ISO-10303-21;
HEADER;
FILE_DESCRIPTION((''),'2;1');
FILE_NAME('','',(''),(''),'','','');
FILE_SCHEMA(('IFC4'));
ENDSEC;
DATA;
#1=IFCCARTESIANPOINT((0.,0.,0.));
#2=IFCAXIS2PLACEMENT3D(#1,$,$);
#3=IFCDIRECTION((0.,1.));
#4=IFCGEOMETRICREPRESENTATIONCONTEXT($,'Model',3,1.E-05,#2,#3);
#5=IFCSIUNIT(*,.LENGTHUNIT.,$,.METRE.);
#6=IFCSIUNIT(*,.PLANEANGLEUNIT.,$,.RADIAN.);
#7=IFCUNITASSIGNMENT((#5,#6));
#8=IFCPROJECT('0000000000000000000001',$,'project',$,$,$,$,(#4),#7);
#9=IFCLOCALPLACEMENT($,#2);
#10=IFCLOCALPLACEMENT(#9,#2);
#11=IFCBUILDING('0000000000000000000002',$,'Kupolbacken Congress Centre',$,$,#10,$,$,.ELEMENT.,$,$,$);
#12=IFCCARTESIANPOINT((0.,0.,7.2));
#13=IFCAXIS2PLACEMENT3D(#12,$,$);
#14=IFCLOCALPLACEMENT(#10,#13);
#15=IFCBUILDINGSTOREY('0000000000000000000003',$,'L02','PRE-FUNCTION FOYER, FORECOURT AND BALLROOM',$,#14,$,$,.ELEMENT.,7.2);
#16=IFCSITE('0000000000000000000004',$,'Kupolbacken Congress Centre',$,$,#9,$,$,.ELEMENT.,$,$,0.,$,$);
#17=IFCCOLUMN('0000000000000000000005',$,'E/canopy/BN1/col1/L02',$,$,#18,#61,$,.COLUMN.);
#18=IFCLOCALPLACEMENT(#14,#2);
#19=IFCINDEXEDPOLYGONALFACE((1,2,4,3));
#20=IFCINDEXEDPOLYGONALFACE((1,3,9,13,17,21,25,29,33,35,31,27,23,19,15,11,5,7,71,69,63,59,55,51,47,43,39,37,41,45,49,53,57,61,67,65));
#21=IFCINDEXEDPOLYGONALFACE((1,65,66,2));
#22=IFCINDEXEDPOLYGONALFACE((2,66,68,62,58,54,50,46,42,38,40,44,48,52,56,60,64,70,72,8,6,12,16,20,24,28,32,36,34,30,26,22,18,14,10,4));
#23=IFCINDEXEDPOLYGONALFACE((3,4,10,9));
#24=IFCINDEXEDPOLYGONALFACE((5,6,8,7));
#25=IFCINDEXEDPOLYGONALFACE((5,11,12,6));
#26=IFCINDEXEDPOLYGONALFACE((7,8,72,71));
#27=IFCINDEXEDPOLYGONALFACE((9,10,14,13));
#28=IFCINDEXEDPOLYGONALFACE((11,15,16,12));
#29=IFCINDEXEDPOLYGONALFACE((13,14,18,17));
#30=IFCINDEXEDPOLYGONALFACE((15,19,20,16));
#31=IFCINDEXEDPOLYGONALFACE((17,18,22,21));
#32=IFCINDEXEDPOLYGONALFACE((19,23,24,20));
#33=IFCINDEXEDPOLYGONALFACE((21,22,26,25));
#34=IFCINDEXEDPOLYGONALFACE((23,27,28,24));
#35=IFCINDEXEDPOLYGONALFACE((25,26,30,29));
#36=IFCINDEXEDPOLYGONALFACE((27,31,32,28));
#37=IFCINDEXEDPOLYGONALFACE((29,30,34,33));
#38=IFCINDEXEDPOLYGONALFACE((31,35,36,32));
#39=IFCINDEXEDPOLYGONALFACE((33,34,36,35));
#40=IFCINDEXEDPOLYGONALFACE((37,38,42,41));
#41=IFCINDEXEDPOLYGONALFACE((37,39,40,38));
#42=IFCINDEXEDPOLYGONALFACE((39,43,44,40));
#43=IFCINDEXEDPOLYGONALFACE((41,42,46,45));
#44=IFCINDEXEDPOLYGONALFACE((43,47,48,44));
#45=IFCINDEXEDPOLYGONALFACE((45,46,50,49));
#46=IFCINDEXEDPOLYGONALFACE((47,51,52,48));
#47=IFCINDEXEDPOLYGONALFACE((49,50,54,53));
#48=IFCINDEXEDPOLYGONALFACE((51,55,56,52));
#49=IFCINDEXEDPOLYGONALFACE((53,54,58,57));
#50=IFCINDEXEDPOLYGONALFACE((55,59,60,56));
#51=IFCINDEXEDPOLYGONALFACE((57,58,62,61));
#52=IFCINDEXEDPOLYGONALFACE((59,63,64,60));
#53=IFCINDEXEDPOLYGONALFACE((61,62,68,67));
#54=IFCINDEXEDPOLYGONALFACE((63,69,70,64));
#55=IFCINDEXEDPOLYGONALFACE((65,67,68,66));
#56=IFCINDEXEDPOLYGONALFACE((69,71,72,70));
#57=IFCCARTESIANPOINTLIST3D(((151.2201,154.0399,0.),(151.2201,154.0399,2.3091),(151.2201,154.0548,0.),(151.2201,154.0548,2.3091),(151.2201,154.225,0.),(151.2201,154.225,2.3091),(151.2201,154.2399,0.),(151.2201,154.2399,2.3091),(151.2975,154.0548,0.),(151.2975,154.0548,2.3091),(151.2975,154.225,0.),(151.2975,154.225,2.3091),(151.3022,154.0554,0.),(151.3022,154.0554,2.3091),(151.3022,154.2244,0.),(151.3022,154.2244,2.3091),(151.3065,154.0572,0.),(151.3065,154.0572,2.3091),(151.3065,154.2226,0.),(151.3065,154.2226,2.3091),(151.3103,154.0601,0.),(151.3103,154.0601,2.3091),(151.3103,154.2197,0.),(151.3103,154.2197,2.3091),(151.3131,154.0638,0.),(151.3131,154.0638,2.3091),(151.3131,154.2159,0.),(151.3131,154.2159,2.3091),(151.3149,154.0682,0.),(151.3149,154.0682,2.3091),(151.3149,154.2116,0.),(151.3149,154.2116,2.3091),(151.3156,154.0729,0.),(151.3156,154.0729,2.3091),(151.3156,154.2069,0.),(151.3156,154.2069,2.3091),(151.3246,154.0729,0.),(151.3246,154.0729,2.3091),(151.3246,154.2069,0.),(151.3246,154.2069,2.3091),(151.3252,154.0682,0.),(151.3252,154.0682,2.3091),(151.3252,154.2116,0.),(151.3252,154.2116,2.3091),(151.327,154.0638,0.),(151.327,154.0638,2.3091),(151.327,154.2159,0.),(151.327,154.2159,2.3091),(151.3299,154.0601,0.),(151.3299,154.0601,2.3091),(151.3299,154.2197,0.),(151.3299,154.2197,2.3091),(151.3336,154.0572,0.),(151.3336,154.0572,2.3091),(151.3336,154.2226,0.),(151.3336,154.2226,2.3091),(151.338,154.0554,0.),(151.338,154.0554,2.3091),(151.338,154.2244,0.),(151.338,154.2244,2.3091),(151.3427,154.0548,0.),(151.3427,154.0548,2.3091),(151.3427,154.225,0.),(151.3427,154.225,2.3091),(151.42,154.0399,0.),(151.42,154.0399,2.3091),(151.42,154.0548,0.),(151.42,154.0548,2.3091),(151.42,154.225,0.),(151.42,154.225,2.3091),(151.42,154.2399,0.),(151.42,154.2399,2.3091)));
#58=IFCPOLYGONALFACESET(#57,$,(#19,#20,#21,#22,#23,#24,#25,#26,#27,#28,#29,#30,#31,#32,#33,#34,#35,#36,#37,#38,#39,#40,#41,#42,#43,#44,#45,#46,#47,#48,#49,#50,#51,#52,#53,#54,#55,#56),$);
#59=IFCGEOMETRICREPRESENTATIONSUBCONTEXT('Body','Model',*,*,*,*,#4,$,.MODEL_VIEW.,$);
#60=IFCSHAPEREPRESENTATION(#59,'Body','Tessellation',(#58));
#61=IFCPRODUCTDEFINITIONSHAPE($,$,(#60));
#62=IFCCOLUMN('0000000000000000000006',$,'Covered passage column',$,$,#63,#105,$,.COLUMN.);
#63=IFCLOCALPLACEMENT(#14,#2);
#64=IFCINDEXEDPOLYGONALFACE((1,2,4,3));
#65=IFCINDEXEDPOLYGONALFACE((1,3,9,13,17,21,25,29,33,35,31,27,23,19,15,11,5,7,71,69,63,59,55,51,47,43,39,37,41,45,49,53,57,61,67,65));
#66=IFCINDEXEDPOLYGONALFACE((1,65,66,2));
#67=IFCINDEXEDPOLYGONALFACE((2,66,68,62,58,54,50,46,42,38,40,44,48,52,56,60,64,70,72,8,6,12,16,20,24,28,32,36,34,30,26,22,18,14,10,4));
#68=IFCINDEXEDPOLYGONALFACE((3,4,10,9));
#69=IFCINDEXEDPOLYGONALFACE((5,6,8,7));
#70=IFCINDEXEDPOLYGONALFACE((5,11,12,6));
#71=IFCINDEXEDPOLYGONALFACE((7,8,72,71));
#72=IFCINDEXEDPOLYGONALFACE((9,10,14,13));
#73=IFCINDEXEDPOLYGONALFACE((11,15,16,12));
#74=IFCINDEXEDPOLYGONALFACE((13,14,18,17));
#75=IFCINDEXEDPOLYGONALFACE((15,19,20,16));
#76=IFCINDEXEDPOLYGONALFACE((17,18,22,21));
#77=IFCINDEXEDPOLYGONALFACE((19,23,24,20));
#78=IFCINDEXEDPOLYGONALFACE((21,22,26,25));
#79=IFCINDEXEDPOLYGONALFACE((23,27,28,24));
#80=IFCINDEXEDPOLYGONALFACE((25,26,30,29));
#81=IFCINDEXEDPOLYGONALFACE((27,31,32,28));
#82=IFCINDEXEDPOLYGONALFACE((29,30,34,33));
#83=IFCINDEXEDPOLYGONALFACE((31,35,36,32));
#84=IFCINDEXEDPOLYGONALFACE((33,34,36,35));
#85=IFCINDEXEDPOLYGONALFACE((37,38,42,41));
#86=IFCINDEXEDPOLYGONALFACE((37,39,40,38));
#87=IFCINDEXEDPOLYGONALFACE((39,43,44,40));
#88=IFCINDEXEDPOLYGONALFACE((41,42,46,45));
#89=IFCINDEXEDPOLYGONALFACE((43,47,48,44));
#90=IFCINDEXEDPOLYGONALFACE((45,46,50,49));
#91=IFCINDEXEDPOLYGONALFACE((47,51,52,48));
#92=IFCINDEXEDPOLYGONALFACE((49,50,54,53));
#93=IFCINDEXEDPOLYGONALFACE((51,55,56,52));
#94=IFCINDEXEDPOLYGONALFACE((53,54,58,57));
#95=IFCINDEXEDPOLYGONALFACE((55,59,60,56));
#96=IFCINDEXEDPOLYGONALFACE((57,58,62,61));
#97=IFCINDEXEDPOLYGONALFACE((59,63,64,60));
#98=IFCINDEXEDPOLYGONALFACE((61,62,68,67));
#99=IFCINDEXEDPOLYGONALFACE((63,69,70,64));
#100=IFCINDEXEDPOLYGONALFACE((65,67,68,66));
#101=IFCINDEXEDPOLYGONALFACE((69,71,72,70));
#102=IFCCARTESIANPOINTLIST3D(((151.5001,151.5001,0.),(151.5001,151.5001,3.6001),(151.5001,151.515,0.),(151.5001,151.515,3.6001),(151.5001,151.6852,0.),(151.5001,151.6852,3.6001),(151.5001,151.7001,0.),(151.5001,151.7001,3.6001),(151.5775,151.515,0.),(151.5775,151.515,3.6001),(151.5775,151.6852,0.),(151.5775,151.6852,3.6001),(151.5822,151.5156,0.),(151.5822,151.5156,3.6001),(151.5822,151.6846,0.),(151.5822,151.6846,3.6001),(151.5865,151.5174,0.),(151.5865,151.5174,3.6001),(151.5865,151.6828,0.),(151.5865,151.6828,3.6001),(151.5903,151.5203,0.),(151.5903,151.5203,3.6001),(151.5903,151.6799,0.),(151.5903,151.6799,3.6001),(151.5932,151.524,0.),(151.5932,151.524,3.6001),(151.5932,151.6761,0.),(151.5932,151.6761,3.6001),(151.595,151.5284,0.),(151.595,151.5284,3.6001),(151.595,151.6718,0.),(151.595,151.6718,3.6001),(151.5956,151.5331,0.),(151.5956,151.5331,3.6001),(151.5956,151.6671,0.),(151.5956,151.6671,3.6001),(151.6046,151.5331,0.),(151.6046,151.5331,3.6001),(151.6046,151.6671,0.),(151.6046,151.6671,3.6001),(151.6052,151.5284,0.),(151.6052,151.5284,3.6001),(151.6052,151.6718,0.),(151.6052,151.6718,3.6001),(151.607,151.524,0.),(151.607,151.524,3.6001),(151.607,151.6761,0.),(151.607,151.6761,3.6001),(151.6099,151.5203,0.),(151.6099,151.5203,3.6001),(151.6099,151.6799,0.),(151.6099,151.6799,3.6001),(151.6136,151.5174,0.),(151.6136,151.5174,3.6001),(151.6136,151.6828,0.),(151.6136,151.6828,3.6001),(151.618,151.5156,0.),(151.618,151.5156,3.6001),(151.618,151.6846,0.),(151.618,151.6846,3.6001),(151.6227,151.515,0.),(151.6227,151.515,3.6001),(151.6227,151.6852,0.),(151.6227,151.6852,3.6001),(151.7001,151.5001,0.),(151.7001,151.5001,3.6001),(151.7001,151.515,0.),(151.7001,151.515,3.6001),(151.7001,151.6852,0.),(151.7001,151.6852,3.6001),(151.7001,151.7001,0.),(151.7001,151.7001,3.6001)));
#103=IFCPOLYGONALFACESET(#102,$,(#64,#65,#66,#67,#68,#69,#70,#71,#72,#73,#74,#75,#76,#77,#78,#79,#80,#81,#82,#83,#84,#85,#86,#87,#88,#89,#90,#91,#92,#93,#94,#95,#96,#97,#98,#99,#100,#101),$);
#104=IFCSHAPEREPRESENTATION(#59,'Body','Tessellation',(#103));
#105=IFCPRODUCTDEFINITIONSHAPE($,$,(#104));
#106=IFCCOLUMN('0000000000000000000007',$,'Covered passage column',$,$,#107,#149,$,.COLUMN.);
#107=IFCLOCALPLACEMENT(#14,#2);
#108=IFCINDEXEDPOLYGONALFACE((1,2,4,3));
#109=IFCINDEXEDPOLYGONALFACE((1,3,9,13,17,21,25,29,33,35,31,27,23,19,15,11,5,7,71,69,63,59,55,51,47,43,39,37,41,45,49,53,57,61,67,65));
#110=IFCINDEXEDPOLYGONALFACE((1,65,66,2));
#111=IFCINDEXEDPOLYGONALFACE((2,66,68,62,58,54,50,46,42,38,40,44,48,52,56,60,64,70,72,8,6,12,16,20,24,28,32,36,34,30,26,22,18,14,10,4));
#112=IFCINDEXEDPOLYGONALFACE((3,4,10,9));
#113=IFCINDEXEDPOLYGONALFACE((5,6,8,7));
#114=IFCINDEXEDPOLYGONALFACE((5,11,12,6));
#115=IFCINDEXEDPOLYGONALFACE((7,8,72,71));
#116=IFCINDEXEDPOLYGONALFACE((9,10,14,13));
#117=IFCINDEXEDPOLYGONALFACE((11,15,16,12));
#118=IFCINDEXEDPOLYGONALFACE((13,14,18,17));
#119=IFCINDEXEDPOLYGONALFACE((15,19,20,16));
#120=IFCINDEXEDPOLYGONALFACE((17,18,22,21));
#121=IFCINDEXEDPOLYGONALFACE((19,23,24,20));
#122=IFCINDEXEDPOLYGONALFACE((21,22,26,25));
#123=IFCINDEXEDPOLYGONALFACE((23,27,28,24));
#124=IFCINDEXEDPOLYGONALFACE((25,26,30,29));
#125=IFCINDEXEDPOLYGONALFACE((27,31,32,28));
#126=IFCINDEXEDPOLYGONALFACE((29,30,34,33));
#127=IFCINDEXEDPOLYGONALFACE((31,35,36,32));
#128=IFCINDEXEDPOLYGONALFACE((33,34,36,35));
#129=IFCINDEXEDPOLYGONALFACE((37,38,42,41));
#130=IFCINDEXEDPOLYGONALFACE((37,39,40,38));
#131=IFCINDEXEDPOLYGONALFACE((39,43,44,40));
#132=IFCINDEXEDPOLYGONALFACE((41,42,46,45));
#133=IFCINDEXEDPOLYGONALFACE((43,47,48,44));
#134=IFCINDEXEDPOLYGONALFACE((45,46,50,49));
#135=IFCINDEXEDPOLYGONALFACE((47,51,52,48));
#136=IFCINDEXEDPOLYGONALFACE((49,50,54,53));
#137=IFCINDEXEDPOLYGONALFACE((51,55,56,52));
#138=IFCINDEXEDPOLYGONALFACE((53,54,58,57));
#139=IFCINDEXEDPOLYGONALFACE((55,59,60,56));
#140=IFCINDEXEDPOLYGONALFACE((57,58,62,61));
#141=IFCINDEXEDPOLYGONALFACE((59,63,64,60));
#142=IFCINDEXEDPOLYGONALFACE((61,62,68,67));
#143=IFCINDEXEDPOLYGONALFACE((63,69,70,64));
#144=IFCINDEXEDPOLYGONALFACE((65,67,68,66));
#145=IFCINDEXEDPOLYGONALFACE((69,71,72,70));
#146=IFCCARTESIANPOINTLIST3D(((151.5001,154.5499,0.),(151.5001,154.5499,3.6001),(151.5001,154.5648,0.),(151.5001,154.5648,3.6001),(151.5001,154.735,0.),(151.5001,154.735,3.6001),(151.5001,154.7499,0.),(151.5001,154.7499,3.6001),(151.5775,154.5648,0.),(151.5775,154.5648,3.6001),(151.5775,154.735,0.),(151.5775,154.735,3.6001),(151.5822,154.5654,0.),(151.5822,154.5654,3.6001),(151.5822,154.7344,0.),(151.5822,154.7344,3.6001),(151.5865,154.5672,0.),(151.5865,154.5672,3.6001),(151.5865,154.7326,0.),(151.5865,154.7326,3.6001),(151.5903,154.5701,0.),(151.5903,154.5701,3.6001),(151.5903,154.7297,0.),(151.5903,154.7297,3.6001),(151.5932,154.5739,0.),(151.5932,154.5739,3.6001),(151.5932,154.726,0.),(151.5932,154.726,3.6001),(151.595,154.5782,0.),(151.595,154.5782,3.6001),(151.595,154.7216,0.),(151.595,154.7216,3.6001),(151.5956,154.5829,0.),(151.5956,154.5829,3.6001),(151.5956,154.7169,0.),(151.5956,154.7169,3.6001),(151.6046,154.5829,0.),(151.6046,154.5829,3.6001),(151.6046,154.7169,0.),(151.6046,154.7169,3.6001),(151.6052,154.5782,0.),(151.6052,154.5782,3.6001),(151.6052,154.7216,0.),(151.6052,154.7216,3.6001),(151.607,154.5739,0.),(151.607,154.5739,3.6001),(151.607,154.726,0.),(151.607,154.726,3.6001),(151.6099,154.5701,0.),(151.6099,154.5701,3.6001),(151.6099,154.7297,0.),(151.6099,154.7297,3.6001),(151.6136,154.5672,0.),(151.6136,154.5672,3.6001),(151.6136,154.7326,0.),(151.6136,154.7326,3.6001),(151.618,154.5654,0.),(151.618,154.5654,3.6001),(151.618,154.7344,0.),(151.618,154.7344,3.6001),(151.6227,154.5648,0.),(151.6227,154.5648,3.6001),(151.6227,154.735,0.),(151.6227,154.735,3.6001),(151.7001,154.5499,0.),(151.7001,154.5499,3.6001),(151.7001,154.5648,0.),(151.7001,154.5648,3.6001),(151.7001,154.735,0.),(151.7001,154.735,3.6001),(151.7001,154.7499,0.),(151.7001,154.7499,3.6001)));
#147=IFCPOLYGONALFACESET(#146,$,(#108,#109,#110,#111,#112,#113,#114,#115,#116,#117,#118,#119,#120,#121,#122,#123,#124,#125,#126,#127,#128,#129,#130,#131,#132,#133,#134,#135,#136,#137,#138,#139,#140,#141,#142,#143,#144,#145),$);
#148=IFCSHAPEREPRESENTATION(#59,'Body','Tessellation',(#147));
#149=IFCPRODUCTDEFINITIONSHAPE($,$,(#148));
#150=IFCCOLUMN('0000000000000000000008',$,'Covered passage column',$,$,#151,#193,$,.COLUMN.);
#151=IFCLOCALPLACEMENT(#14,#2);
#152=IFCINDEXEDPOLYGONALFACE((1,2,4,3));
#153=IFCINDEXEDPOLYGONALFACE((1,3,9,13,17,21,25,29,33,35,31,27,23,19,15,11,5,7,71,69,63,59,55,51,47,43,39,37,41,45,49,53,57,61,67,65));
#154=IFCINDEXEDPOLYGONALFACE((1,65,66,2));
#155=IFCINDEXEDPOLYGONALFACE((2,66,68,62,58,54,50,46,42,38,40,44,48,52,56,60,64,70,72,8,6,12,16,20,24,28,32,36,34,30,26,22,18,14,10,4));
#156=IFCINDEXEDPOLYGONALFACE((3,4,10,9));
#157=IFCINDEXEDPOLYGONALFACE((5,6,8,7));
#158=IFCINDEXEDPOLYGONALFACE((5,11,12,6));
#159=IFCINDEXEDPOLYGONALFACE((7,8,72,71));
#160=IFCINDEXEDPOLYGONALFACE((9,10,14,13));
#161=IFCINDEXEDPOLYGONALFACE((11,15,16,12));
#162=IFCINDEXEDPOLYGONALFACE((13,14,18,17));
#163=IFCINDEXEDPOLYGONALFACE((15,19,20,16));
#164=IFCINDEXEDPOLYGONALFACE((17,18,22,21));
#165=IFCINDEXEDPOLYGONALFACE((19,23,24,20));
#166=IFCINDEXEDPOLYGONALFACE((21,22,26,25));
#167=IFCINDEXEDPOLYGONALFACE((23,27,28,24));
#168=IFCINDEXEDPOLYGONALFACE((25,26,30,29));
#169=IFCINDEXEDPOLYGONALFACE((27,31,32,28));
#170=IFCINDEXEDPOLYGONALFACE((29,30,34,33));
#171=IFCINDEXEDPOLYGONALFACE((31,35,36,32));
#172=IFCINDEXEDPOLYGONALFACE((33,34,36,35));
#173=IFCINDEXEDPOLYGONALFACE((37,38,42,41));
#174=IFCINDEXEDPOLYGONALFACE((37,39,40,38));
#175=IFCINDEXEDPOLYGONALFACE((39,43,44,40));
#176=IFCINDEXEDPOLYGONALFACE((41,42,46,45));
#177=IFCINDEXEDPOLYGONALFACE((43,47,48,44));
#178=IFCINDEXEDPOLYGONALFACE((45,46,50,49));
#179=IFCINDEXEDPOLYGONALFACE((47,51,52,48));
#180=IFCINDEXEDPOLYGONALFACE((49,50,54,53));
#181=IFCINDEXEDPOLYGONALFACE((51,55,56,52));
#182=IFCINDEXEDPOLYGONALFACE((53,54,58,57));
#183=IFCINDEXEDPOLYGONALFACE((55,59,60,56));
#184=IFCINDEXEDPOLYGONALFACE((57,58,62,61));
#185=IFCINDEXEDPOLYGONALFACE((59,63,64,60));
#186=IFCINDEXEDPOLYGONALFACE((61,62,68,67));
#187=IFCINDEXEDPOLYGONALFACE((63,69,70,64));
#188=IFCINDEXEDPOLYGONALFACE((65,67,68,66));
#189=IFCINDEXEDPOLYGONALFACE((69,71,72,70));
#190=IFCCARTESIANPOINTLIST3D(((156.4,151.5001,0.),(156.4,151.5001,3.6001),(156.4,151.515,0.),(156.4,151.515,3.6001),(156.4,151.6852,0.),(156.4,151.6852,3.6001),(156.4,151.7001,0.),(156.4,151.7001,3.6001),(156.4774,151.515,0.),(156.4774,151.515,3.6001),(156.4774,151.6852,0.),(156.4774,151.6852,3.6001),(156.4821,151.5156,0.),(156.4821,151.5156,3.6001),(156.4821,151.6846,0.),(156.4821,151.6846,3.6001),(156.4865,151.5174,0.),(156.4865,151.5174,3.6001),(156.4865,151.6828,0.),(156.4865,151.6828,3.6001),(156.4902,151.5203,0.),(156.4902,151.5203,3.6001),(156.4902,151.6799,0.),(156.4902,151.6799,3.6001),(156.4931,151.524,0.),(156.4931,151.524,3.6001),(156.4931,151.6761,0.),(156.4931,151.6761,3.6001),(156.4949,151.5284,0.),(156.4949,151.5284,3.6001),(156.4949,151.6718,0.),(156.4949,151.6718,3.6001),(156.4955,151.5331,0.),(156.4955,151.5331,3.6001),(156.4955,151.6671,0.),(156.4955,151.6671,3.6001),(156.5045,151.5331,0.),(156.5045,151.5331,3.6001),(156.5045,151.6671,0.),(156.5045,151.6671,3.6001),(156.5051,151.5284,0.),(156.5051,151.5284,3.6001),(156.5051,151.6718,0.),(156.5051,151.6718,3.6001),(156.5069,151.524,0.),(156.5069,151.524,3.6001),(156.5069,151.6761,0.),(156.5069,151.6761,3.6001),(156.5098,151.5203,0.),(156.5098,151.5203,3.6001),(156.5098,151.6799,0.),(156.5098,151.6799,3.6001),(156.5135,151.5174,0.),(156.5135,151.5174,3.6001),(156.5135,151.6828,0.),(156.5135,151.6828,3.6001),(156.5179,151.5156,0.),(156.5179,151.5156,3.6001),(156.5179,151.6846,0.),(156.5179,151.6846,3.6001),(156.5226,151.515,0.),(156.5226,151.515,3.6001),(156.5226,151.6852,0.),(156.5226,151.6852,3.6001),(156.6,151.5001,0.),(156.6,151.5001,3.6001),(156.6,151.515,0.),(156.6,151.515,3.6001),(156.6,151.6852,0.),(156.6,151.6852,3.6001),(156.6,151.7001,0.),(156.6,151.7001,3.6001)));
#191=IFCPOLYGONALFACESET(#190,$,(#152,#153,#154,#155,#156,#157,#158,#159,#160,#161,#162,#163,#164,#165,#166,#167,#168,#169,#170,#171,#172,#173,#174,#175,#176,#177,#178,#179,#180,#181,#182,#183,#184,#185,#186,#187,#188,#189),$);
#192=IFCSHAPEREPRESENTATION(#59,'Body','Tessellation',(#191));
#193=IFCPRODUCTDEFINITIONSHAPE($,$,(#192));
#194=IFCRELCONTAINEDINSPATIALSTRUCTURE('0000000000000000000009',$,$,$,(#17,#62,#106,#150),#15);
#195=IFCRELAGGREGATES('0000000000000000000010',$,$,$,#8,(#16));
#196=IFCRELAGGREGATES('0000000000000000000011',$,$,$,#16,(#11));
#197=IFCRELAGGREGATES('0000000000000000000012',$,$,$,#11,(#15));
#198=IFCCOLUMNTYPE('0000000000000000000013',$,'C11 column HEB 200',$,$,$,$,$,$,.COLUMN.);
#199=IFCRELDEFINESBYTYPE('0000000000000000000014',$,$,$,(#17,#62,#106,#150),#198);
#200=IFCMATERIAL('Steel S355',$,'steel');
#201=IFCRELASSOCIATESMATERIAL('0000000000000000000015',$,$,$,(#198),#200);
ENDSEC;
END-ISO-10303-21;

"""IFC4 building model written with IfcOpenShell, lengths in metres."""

from ifc_helpers import new_model, si_unit, direction, frame, origin, origin_2d, place, context, subcontext, project, spatial, i_section, extrude, material, material_profile, profile_set, type_object, element, save


model = new_model("IFC4")

# Units and contexts
model_context = context("Model", 3, precision=1e-05, world=origin(), true_north=direction((0.0, 1.0)))
body_context = subcontext(model_context, "Body", "Model", "MODEL_VIEW")
ifc_project = project(units=[si_unit("LENGTHUNIT", "METRE"), si_unit("PLANEANGLEUNIT", "RADIAN")], contexts=[model_context])

# Site, building, storey
site_placement = place(None, origin())
site = spatial("IfcSite", under=ifc_project, at=site_placement, Name="Kupolbacken Congress Centre", CompositionType="ELEMENT", RefElevation=0.0)
building_placement = place(site_placement, origin())
building = spatial("IfcBuilding", under=site, at=building_placement, Name="Kupolbacken Congress Centre", CompositionType="ELEMENT")
storey_placement = place(building_placement, frame((0.0, 0.0, 7.2)))
storey = spatial("IfcBuildingStorey", under=building, at=storey_placement, Name="L02", Description="PRE-FUNCTION FOYER, FORECOURT AND BALLROOM", CompositionType="ELEMENT", Elevation=7.2)

# Columns
ifc_material_1 = material(Name="Steel S355", Category="steel")
ifc_material_profile_1 = material_profile(ifc_material_1, i_section(OverallWidth=0.2, OverallDepth=0.2, WebThickness=0.009, FlangeThickness=0.0149, FilletRadius=0.0181, at=origin_2d()), Name="HEB 200")
ifc_profile_set_1 = profile_set([ifc_material_profile_1], Name="Steel S355")
column_type = type_object("IfcColumnType", Name="C11 column HEB 200", PredefinedType="COLUMN", material=ifc_profile_set_1)
column_placement = place(storey_placement, frame((151.3201, 154.1399, 0.0), z_axis=(0.0, 0.0, 1.0), x_axis=(1.0, 0.0, 0.0)))
element("IfcColumn", 1, at=column_placement, inside=storey, type_object=column_type, Name="E/canopy/BN1/col1/L02", PredefinedType="COLUMN", context=body_context, shape_type="SweptSolid", body=[
    extrude(i_section(OverallWidth=0.2, OverallDepth=0.2, WebThickness=0.009, FlangeThickness=0.0149, FilletRadius=0.0181, at=origin_2d()), origin(), (0.0, 0.0, 1.0), 2.3091),
])
for number, where, z_axis, x_axis, name in (
    (2, (151.6001, 151.6001, 0.0), (0.0, 0.0, 1.0), (1.0, 0.0, 0.0), "Covered passage column"),
    (3, (151.6001, 154.6499, 0.0), (0.0, 0.0, 1.0), (1.0, 0.0, 0.0), "Covered passage column"),
    (4, (156.5, 151.6001, 0.0), (0.0, 0.0, 1.0), (1.0, 0.0, 0.0), "Covered passage column"),
):
    element("IfcColumn", number, at=place(storey_placement, frame(where, z_axis=z_axis, x_axis=x_axis)), inside=storey, type_object=column_type, Name=name, PredefinedType="COLUMN", context=body_context, shape_type="SweptSolid", body=[
        extrude(i_section(OverallWidth=0.2, OverallDepth=0.2, WebThickness=0.009, FlangeThickness=0.0149, FilletRadius=0.0181, at=origin_2d()), origin(), (0.0, 0.0, 1.0), 3.6001),
    ])

save(model, "model.ifc")
